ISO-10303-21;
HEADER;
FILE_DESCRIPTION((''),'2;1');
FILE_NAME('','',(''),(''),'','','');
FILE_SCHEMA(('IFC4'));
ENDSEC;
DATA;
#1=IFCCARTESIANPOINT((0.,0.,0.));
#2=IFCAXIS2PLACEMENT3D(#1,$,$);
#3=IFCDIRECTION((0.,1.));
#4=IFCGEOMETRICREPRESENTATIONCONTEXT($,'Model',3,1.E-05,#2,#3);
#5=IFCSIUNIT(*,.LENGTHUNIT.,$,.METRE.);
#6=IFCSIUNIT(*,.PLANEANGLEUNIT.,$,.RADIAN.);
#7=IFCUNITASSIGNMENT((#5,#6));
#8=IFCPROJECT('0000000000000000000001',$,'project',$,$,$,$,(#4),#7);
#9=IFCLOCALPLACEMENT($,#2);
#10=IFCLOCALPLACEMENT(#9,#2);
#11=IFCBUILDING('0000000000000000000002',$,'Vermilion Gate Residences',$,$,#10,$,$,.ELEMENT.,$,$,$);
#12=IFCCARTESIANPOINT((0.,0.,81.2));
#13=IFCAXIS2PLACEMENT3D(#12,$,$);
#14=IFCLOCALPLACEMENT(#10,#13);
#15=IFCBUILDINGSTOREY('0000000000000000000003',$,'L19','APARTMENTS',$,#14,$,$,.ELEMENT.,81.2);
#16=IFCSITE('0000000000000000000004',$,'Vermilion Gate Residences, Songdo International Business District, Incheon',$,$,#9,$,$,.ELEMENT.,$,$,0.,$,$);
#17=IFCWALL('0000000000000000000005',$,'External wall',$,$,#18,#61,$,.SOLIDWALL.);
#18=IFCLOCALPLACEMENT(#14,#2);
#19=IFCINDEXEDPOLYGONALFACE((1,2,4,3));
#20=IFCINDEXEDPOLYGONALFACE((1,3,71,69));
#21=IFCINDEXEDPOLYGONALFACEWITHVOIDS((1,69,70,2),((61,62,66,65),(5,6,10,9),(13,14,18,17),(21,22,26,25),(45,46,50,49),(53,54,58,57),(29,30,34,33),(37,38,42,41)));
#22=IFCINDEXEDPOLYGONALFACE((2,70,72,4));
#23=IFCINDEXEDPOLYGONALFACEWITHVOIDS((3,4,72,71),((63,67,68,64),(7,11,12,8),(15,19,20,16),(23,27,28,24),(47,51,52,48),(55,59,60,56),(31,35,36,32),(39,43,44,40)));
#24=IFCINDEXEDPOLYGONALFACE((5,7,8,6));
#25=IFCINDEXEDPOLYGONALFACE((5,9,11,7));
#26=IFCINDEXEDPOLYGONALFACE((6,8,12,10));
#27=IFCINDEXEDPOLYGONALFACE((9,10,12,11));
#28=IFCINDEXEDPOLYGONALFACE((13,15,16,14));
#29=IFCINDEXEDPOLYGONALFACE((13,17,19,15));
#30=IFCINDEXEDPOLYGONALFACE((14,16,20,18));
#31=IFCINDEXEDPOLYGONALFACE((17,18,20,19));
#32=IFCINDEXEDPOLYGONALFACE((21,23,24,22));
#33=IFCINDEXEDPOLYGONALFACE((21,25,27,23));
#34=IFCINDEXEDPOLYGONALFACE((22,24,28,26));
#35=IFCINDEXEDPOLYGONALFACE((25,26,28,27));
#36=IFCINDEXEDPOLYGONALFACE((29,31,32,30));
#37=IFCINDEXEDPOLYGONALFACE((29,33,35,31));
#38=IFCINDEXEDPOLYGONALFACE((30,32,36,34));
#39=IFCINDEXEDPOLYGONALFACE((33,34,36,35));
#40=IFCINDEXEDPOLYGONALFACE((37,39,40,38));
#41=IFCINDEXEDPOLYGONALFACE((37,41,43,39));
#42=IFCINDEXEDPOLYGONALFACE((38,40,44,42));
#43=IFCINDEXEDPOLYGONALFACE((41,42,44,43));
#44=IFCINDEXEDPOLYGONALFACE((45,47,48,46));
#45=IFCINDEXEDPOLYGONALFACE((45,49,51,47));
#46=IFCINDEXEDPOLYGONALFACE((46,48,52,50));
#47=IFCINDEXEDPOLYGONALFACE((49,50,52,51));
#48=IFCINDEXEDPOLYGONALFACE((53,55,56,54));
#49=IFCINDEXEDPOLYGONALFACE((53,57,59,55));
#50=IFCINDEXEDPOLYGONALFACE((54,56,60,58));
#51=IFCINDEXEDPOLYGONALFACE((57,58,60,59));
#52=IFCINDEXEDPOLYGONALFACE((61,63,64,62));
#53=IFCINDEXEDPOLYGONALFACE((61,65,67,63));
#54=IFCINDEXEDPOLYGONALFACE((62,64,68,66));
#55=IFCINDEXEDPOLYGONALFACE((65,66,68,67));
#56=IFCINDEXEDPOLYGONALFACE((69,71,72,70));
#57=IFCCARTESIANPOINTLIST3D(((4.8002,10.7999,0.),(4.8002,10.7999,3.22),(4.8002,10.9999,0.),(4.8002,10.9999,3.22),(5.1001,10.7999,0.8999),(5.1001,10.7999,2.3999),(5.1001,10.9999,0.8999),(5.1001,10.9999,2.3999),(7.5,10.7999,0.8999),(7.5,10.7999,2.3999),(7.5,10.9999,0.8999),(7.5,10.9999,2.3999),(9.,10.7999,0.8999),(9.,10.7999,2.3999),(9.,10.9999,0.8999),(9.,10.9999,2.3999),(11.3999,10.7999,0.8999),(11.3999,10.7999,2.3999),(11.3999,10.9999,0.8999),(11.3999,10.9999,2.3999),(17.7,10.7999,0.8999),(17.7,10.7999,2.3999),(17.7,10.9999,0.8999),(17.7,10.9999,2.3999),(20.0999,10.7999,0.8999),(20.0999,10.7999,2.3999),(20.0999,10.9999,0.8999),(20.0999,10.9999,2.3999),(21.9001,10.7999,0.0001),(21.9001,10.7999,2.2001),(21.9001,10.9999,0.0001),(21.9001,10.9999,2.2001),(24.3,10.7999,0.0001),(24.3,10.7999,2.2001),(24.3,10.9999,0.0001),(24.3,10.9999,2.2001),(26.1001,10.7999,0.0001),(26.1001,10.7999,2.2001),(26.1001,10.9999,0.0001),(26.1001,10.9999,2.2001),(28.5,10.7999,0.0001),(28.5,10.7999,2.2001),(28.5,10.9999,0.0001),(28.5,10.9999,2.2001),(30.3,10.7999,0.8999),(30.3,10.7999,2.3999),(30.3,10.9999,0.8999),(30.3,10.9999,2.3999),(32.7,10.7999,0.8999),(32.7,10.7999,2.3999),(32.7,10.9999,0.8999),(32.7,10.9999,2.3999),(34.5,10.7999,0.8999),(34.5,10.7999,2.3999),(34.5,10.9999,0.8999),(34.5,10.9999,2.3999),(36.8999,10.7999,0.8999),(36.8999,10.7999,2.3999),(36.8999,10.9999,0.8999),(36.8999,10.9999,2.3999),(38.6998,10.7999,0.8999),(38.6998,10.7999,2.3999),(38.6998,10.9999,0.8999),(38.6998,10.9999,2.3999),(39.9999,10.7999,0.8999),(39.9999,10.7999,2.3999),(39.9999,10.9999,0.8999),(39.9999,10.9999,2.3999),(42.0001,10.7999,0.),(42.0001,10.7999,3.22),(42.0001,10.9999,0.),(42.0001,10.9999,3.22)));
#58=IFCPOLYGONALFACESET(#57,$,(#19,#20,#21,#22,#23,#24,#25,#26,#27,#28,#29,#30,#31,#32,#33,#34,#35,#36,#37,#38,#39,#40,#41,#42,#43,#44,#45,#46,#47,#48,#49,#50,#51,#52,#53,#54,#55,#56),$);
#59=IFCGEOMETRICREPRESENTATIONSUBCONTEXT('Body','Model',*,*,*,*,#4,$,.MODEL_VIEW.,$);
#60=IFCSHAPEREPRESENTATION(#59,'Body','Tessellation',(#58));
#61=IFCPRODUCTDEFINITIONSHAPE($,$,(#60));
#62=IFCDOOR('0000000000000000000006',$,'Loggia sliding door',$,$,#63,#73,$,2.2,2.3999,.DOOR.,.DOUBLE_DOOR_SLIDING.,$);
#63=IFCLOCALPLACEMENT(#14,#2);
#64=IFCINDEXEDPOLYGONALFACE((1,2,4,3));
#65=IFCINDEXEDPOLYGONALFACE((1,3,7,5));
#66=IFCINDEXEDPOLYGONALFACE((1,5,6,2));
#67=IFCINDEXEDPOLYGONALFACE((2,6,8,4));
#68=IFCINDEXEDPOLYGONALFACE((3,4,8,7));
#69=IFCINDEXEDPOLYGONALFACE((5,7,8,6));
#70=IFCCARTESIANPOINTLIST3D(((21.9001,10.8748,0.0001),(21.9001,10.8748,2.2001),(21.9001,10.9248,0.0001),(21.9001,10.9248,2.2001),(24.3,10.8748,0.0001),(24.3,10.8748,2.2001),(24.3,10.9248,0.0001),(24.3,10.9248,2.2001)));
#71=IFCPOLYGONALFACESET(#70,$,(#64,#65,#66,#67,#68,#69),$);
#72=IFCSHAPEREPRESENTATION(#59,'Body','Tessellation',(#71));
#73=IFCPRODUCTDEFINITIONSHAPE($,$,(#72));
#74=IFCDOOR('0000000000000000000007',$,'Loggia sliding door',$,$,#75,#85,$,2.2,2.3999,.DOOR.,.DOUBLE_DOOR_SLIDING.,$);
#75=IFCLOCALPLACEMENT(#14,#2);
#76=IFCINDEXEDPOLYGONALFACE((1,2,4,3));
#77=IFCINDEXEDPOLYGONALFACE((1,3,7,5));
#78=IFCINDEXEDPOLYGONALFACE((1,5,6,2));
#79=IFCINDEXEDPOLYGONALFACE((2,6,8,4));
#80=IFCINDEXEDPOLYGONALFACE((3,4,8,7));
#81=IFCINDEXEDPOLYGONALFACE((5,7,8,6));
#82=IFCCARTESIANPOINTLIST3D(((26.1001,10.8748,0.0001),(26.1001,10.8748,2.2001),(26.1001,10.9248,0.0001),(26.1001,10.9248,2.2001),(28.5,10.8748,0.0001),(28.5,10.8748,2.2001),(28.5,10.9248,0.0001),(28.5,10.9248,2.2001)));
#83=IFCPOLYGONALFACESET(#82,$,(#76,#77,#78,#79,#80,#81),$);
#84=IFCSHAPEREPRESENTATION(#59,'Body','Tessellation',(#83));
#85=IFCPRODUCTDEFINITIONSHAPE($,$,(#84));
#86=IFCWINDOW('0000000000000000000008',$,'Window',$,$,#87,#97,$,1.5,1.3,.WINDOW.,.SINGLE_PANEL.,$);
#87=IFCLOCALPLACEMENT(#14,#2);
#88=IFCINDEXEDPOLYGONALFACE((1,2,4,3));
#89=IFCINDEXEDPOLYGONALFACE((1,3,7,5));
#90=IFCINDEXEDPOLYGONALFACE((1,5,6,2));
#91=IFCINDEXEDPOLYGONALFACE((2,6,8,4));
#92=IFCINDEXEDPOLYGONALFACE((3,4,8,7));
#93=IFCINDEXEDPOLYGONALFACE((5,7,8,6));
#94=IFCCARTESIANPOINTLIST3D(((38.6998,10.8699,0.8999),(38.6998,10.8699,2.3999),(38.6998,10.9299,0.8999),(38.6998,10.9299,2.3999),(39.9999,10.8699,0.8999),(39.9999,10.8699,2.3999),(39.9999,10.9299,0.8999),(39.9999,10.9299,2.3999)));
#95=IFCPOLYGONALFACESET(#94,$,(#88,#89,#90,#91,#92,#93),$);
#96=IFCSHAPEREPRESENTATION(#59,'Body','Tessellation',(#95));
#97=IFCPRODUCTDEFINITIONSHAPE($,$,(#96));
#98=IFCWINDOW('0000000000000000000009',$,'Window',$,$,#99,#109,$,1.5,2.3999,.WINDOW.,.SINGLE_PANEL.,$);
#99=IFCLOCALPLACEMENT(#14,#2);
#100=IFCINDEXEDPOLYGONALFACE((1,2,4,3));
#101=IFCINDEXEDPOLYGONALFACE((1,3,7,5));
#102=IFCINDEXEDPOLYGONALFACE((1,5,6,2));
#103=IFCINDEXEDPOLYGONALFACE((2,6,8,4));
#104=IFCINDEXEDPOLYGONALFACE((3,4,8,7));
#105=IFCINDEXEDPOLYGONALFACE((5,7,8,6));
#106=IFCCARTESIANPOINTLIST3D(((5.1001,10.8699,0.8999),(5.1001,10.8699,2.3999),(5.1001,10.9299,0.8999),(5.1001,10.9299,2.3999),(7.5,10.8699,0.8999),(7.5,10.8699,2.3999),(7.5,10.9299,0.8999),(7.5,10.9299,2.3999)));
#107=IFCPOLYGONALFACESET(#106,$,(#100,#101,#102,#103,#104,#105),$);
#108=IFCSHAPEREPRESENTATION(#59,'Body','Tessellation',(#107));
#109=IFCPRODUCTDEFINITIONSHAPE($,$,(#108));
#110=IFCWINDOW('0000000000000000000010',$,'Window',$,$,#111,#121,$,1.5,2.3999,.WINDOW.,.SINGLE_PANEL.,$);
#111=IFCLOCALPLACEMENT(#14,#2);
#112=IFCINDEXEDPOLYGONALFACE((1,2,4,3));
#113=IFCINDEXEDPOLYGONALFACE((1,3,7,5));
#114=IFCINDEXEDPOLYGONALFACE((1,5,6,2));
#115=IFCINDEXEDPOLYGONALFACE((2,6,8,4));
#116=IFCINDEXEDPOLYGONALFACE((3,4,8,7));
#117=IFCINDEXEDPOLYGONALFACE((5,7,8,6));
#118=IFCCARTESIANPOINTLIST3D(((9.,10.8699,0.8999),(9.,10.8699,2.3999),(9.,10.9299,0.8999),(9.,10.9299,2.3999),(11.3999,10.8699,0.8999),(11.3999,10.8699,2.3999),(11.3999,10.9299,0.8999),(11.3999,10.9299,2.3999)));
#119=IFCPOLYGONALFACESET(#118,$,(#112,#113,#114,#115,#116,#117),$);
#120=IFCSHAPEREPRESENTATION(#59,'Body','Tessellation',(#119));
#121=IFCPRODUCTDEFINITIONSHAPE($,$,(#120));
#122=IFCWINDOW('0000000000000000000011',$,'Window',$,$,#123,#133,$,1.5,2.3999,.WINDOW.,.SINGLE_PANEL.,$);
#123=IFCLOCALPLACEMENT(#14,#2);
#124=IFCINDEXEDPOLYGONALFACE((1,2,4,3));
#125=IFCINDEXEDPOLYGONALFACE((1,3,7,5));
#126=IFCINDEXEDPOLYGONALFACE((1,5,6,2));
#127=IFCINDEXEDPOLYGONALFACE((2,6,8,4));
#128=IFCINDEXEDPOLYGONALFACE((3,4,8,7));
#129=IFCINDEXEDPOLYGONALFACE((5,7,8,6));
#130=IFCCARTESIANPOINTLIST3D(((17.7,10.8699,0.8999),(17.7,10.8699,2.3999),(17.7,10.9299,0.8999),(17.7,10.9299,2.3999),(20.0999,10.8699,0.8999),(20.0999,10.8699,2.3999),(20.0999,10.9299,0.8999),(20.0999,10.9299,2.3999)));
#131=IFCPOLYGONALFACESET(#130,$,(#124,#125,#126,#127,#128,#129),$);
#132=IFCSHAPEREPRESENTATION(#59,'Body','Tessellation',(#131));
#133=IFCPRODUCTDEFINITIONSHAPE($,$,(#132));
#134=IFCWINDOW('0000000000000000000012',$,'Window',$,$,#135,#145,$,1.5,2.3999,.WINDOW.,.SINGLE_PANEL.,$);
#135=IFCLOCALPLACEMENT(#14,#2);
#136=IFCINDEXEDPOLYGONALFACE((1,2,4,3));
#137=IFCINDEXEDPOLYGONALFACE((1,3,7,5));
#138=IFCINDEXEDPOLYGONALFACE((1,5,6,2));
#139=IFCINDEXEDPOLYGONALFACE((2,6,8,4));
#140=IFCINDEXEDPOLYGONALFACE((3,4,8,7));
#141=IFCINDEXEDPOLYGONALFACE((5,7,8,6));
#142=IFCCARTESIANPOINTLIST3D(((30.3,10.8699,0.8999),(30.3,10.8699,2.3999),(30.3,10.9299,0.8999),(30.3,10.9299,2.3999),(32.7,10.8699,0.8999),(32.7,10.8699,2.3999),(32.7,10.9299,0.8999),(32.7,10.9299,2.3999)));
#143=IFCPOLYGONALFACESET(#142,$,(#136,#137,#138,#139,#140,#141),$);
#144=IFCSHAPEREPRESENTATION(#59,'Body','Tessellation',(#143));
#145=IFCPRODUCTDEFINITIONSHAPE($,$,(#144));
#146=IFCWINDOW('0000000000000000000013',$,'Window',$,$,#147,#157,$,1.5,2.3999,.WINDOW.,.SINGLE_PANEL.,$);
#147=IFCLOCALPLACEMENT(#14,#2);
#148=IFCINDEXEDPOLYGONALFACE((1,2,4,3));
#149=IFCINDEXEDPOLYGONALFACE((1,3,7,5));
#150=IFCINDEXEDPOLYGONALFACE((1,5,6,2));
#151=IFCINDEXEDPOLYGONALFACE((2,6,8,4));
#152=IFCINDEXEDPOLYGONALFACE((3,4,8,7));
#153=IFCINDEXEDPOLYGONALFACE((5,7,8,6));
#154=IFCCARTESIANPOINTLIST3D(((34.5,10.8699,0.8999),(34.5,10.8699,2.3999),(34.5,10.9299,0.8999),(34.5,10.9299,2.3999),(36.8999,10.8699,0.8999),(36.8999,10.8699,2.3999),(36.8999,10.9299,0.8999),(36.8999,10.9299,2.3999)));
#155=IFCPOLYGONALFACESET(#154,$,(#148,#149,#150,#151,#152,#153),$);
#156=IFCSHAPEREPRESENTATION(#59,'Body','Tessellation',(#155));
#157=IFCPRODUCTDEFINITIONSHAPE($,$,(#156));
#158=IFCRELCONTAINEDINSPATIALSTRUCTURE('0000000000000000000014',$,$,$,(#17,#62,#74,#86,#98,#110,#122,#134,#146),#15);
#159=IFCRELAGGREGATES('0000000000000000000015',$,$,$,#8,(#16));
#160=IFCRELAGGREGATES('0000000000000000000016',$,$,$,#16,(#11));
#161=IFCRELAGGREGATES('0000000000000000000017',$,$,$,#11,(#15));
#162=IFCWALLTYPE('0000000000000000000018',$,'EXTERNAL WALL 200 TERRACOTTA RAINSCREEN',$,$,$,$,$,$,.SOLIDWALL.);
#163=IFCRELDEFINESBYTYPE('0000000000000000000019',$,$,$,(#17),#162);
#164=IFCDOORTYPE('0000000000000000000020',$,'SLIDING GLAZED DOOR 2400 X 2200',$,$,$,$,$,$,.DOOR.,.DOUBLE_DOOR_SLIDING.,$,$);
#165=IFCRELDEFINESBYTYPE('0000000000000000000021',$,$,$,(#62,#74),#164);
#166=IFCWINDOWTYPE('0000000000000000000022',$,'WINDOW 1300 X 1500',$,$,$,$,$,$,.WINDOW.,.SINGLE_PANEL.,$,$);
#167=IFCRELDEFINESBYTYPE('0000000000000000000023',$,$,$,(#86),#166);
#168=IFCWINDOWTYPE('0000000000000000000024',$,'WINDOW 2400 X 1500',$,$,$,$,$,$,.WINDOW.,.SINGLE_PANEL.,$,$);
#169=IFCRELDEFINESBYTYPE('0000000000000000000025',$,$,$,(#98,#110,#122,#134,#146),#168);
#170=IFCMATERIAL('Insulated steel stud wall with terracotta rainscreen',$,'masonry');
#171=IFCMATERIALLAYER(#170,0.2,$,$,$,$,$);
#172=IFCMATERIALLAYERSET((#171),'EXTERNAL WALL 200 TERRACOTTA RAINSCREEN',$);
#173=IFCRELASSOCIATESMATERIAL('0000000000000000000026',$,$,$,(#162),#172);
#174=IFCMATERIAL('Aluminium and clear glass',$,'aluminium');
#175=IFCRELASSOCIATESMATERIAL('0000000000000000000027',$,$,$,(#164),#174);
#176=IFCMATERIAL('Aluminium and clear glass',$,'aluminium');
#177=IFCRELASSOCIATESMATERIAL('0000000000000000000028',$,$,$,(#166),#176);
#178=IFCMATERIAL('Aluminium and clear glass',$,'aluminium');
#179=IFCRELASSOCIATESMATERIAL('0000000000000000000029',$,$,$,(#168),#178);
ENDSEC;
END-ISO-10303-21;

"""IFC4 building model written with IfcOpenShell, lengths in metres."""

from ifc_helpers import new_model, si_unit, direction, frame, frame_2d, origin, place, context, subcontext, project, spatial, rectangle, extrude, material, layer, layer_set, type_object, element, fill, save


model = new_model("IFC4")

# Units and contexts
model_context = context("Model", 3, precision=1e-05, world=origin(), true_north=direction((0.0, 1.0)))
body_context = subcontext(model_context, "Body", "Model", "MODEL_VIEW")
ifc_project = project(units=[si_unit("LENGTHUNIT", "METRE"), si_unit("PLANEANGLEUNIT", "RADIAN")], contexts=[model_context])

# Site, building, storey
site_placement = place(None, origin())
site = spatial("IfcSite", under=ifc_project, at=site_placement, Name="Vermilion Gate Residences, Songdo International Business District, Incheon", CompositionType="ELEMENT", RefElevation=0.0)
building_placement = place(site_placement, origin())
building = spatial("IfcBuilding", under=site, at=building_placement, Name="Vermilion Gate Residences", CompositionType="ELEMENT")
storey_placement = place(building_placement, frame((0.0, 0.0, 81.2)))
storey = spatial("IfcBuildingStorey", under=building, at=storey_placement, Name="L19", Description="APARTMENTS", CompositionType="ELEMENT", Elevation=81.2)

# Shared definitions
ifc_material_1 = material(Name="Insulated steel stud wall with terracotta rainscreen", Category="masonry")
ifc_layer_1 = layer(ifc_material_1, 0.2)
ifc_layer_set_1 = layer_set([ifc_layer_1], Name="EXTERNAL WALL 200 TERRACOTTA RAINSCREEN")
wall_type_1 = type_object("IfcWallType", Name="EXTERNAL WALL 200 TERRACOTTA RAINSCREEN", PredefinedType="SOLIDWALL", material=ifc_layer_set_1)

# Wall, openings, doors, windows
wall_1_placement = place(storey_placement, frame((4.8, 10.8999, 0.0), z_axis=(0.0, 0.0, 1.0), x_axis=(1.0, 0.0, 0.0)))
wall_1 = element("IfcWall", 1, at=wall_1_placement, inside=storey, type_object=wall_type_1, Name="External wall", PredefinedType="SOLIDWALL", context=body_context, shape_type="SweptSolid", body=[
    extrude(rectangle(XDim=37.2, YDim=0.2, at=frame_2d((18.6001, 0.0))), origin(), (0.0, 0.0, 1.0), 3.22),
])
opening_1_placement = place(wall_1_placement, frame((0.3, 0.0, 0.8999)))
opening_1 = element("IfcOpeningElement", 2, at=opening_1_placement, cuts=wall_1, PredefinedType="OPENING", context=body_context, shape_type="SweptSolid", body=[
    extrude(rectangle(XDim=2.3999, YDim=1.5, at=frame_2d((1.2, 0.75))), frame((0.0, 0.1099, 0.0), z_axis=(0.0, -1.0, 0.0), x_axis=(1.0, 0.0, 0.0)), (0.0, 0.0, 1.0), 0.22),
])
opening_2_placement = place(wall_1_placement, frame((4.2, 0.0, 0.8999)))
opening_2 = element("IfcOpeningElement", 3, at=opening_2_placement, cuts=wall_1, PredefinedType="OPENING", context=body_context, shape_type="SweptSolid", body=[
    extrude(rectangle(XDim=2.3999, YDim=1.5, at=frame_2d((1.2, 0.75))), frame((0.0, 0.1099, 0.0), z_axis=(0.0, -1.0, 0.0), x_axis=(1.0, 0.0, 0.0)), (0.0, 0.0, 1.0), 0.22),
])
opening_3_placement = place(wall_1_placement, frame((12.8999, 0.0, 0.8999)))
opening_3 = element("IfcOpeningElement", 4, at=opening_3_placement, cuts=wall_1, PredefinedType="OPENING", context=body_context, shape_type="SweptSolid", body=[
    extrude(rectangle(XDim=2.3999, YDim=1.5, at=frame_2d((1.2, 0.75))), frame((0.0, 0.1099, 0.0), z_axis=(0.0, -1.0, 0.0), x_axis=(1.0, 0.0, 0.0)), (0.0, 0.0, 1.0), 0.22),
])
opening_4_placement = place(wall_1_placement, frame((17.1001, 0.0, 0.0)))
opening_4 = element("IfcOpeningElement", 5, at=opening_4_placement, cuts=wall_1, PredefinedType="OPENING", context=body_context, shape_type="SweptSolid", body=[
    extrude(rectangle(XDim=2.3999, YDim=2.2, at=frame_2d((1.2, 1.1001))), frame((0.0, 0.1099, 0.0), z_axis=(0.0, -1.0, 0.0), x_axis=(1.0, 0.0, 0.0)), (0.0, 0.0, 1.0), 0.22),
])
opening_5_placement = place(wall_1_placement, frame((21.3, 0.0, 0.0)))
opening_5 = element("IfcOpeningElement", 6, at=opening_5_placement, cuts=wall_1, PredefinedType="OPENING", context=body_context, shape_type="SweptSolid", body=[
    extrude(rectangle(XDim=2.3999, YDim=2.2, at=frame_2d((1.2, 1.1001))), frame((0.0, 0.1099, 0.0), z_axis=(0.0, -1.0, 0.0), x_axis=(1.0, 0.0, 0.0)), (0.0, 0.0, 1.0), 0.22),
])
opening_6_placement = place(wall_1_placement, frame((25.5, 0.0, 0.8999)))
opening_6 = element("IfcOpeningElement", 7, at=opening_6_placement, cuts=wall_1, PredefinedType="OPENING", context=body_context, shape_type="SweptSolid", body=[
    extrude(rectangle(XDim=2.3999, YDim=1.5, at=frame_2d((1.2, 0.75))), frame((0.0, 0.1099, 0.0), z_axis=(0.0, -1.0, 0.0), x_axis=(1.0, 0.0, 0.0)), (0.0, 0.0, 1.0), 0.22),
])
opening_7_placement = place(wall_1_placement, frame((29.7, 0.0, 0.8999)))
opening_7 = element("IfcOpeningElement", 8, at=opening_7_placement, cuts=wall_1, PredefinedType="OPENING", context=body_context, shape_type="SweptSolid", body=[
    extrude(rectangle(XDim=2.3999, YDim=1.5, at=frame_2d((1.2, 0.75))), frame((0.0, 0.1099, 0.0), z_axis=(0.0, -1.0, 0.0), x_axis=(1.0, 0.0, 0.0)), (0.0, 0.0, 1.0), 0.22),
])
opening_8_placement = place(wall_1_placement, frame((33.8999, 0.0, 0.8999)))
opening_8 = element("IfcOpeningElement", 9, at=opening_8_placement, cuts=wall_1, PredefinedType="OPENING", context=body_context, shape_type="SweptSolid", body=[
    extrude(rectangle(XDim=1.3, YDim=1.5, at=frame_2d((0.6499, 0.75))), frame((0.0, 0.1099, 0.0), z_axis=(0.0, -1.0, 0.0), x_axis=(1.0, 0.0, 0.0)), (0.0, 0.0, 1.0), 0.22),
])
ifc_material_2 = material(Name="Aluminium and clear glass", Category="aluminium")
door_type_1 = type_object("IfcDoorType", Name="SLIDING GLAZED DOOR 2400 X 2200", OperationType="DOUBLE_DOOR_SLIDING", PredefinedType="DOOR", material=ifc_material_2)
door_1_placement = place(opening_4_placement, origin())
door_1 = element("IfcDoor", 10, at=door_1_placement, inside=storey, type_object=door_type_1, Name="Loggia sliding door", OperationType="DOUBLE_DOOR_SLIDING", OverallHeight=2.2, OverallWidth=2.3999, PredefinedType="DOOR", context=body_context, shape_type="SweptSolid", body=[
    extrude(rectangle(XDim=2.3999, YDim=2.2, at=frame_2d((1.2, 1.1001))), frame((0.0, 0.0249, 0.0), z_axis=(0.0, -1.0, 0.0), x_axis=(1.0, 0.0, 0.0)), (0.0, 0.0, 1.0), 0.05),
])
fill(opening_4, door_1)
door_2_placement = place(opening_5_placement, origin())
door_2 = element("IfcDoor", 11, at=door_2_placement, inside=storey, type_object=door_type_1, Name="Loggia sliding door", OperationType="DOUBLE_DOOR_SLIDING", OverallHeight=2.2, OverallWidth=2.3999, PredefinedType="DOOR", context=body_context, shape_type="SweptSolid", body=[
    extrude(rectangle(XDim=2.3999, YDim=2.2, at=frame_2d((1.2, 1.1001))), frame((0.0, 0.0249, 0.0), z_axis=(0.0, -1.0, 0.0), x_axis=(1.0, 0.0, 0.0)), (0.0, 0.0, 1.0), 0.05),
])
fill(opening_5, door_2)
ifc_material_3 = material(Name="Aluminium and clear glass", Category="aluminium")
window_type_1 = type_object("IfcWindowType", Name="WINDOW 1300 X 1500", PartitioningType="SINGLE_PANEL", PredefinedType="WINDOW", material=ifc_material_3)
window_1_placement = place(opening_8_placement, origin())
window_1 = element("IfcWindow", 12, at=window_1_placement, inside=storey, type_object=window_type_1, Name="Window", OverallHeight=1.5, OverallWidth=1.3, PartitioningType="SINGLE_PANEL", PredefinedType="WINDOW", context=body_context, shape_type="SweptSolid", body=[
    extrude(rectangle(XDim=1.3, YDim=1.5, at=frame_2d((0.6499, 0.75))), frame((0.0, 0.03, 0.0), z_axis=(0.0, -1.0, 0.0), x_axis=(1.0, 0.0, 0.0)), (0.0, 0.0, 1.0), 0.0601),
])
fill(opening_8, window_1)
ifc_material_4 = material(Name="Aluminium and clear glass", Category="aluminium")
window_type_2 = type_object("IfcWindowType", Name="WINDOW 2400 X 1500", PartitioningType="SINGLE_PANEL", PredefinedType="WINDOW", material=ifc_material_4)
window_2_placement = place(opening_1_placement, origin())
window_2 = element("IfcWindow", 13, at=window_2_placement, inside=storey, type_object=window_type_2, Name="Window", OverallHeight=1.5, OverallWidth=2.3999, PartitioningType="SINGLE_PANEL", PredefinedType="WINDOW", context=body_context, shape_type="SweptSolid", body=[
    extrude(rectangle(XDim=2.3999, YDim=1.5, at=frame_2d((1.2, 0.75))), frame((0.0, 0.03, 0.0), z_axis=(0.0, -1.0, 0.0), x_axis=(1.0, 0.0, 0.0)), (0.0, 0.0, 1.0), 0.0601),
])
fill(opening_1, window_2)
window_3_placement = place(opening_2_placement, origin())
window_3 = element("IfcWindow", 14, at=window_3_placement, inside=storey, type_object=window_type_2, Name="Window", OverallHeight=1.5, OverallWidth=2.3999, PartitioningType="SINGLE_PANEL", PredefinedType="WINDOW", context=body_context, shape_type="SweptSolid", body=[
    extrude(rectangle(XDim=2.3999, YDim=1.5, at=frame_2d((1.2, 0.75))), frame((0.0, 0.03, 0.0), z_axis=(0.0, -1.0, 0.0), x_axis=(1.0, 0.0, 0.0)), (0.0, 0.0, 1.0), 0.0601),
])
fill(opening_2, window_3)
window_4_placement = place(opening_3_placement, origin())
window_4 = element("IfcWindow", 15, at=window_4_placement, inside=storey, type_object=window_type_2, Name="Window", OverallHeight=1.5, OverallWidth=2.3999, PartitioningType="SINGLE_PANEL", PredefinedType="WINDOW", context=body_context, shape_type="SweptSolid", body=[
    extrude(rectangle(XDim=2.3999, YDim=1.5, at=frame_2d((1.2, 0.75))), frame((0.0, 0.03, 0.0), z_axis=(0.0, -1.0, 0.0), x_axis=(1.0, 0.0, 0.0)), (0.0, 0.0, 1.0), 0.0601),
])
fill(opening_3, window_4)
window_5_placement = place(opening_6_placement, origin())
window_5 = element("IfcWindow", 16, at=window_5_placement, inside=storey, type_object=window_type_2, Name="Window", OverallHeight=1.5, OverallWidth=2.3999, PartitioningType="SINGLE_PANEL", PredefinedType="WINDOW", context=body_context, shape_type="SweptSolid", body=[
    extrude(rectangle(XDim=2.3999, YDim=1.5, at=frame_2d((1.2, 0.75))), frame((0.0, 0.03, 0.0), z_axis=(0.0, -1.0, 0.0), x_axis=(1.0, 0.0, 0.0)), (0.0, 0.0, 1.0), 0.0601),
])
fill(opening_6, window_5)
window_6_placement = place(opening_7_placement, origin())
window_6 = element("IfcWindow", 17, at=window_6_placement, inside=storey, type_object=window_type_2, Name="Window", OverallHeight=1.5, OverallWidth=2.3999, PartitioningType="SINGLE_PANEL", PredefinedType="WINDOW", context=body_context, shape_type="SweptSolid", body=[
    extrude(rectangle(XDim=2.3999, YDim=1.5, at=frame_2d((1.2, 0.75))), frame((0.0, 0.03, 0.0), z_axis=(0.0, -1.0, 0.0), x_axis=(1.0, 0.0, 0.0)), (0.0, 0.0, 1.0), 0.0601),
])
fill(opening_7, window_6)

save(model, "model.ifc")
